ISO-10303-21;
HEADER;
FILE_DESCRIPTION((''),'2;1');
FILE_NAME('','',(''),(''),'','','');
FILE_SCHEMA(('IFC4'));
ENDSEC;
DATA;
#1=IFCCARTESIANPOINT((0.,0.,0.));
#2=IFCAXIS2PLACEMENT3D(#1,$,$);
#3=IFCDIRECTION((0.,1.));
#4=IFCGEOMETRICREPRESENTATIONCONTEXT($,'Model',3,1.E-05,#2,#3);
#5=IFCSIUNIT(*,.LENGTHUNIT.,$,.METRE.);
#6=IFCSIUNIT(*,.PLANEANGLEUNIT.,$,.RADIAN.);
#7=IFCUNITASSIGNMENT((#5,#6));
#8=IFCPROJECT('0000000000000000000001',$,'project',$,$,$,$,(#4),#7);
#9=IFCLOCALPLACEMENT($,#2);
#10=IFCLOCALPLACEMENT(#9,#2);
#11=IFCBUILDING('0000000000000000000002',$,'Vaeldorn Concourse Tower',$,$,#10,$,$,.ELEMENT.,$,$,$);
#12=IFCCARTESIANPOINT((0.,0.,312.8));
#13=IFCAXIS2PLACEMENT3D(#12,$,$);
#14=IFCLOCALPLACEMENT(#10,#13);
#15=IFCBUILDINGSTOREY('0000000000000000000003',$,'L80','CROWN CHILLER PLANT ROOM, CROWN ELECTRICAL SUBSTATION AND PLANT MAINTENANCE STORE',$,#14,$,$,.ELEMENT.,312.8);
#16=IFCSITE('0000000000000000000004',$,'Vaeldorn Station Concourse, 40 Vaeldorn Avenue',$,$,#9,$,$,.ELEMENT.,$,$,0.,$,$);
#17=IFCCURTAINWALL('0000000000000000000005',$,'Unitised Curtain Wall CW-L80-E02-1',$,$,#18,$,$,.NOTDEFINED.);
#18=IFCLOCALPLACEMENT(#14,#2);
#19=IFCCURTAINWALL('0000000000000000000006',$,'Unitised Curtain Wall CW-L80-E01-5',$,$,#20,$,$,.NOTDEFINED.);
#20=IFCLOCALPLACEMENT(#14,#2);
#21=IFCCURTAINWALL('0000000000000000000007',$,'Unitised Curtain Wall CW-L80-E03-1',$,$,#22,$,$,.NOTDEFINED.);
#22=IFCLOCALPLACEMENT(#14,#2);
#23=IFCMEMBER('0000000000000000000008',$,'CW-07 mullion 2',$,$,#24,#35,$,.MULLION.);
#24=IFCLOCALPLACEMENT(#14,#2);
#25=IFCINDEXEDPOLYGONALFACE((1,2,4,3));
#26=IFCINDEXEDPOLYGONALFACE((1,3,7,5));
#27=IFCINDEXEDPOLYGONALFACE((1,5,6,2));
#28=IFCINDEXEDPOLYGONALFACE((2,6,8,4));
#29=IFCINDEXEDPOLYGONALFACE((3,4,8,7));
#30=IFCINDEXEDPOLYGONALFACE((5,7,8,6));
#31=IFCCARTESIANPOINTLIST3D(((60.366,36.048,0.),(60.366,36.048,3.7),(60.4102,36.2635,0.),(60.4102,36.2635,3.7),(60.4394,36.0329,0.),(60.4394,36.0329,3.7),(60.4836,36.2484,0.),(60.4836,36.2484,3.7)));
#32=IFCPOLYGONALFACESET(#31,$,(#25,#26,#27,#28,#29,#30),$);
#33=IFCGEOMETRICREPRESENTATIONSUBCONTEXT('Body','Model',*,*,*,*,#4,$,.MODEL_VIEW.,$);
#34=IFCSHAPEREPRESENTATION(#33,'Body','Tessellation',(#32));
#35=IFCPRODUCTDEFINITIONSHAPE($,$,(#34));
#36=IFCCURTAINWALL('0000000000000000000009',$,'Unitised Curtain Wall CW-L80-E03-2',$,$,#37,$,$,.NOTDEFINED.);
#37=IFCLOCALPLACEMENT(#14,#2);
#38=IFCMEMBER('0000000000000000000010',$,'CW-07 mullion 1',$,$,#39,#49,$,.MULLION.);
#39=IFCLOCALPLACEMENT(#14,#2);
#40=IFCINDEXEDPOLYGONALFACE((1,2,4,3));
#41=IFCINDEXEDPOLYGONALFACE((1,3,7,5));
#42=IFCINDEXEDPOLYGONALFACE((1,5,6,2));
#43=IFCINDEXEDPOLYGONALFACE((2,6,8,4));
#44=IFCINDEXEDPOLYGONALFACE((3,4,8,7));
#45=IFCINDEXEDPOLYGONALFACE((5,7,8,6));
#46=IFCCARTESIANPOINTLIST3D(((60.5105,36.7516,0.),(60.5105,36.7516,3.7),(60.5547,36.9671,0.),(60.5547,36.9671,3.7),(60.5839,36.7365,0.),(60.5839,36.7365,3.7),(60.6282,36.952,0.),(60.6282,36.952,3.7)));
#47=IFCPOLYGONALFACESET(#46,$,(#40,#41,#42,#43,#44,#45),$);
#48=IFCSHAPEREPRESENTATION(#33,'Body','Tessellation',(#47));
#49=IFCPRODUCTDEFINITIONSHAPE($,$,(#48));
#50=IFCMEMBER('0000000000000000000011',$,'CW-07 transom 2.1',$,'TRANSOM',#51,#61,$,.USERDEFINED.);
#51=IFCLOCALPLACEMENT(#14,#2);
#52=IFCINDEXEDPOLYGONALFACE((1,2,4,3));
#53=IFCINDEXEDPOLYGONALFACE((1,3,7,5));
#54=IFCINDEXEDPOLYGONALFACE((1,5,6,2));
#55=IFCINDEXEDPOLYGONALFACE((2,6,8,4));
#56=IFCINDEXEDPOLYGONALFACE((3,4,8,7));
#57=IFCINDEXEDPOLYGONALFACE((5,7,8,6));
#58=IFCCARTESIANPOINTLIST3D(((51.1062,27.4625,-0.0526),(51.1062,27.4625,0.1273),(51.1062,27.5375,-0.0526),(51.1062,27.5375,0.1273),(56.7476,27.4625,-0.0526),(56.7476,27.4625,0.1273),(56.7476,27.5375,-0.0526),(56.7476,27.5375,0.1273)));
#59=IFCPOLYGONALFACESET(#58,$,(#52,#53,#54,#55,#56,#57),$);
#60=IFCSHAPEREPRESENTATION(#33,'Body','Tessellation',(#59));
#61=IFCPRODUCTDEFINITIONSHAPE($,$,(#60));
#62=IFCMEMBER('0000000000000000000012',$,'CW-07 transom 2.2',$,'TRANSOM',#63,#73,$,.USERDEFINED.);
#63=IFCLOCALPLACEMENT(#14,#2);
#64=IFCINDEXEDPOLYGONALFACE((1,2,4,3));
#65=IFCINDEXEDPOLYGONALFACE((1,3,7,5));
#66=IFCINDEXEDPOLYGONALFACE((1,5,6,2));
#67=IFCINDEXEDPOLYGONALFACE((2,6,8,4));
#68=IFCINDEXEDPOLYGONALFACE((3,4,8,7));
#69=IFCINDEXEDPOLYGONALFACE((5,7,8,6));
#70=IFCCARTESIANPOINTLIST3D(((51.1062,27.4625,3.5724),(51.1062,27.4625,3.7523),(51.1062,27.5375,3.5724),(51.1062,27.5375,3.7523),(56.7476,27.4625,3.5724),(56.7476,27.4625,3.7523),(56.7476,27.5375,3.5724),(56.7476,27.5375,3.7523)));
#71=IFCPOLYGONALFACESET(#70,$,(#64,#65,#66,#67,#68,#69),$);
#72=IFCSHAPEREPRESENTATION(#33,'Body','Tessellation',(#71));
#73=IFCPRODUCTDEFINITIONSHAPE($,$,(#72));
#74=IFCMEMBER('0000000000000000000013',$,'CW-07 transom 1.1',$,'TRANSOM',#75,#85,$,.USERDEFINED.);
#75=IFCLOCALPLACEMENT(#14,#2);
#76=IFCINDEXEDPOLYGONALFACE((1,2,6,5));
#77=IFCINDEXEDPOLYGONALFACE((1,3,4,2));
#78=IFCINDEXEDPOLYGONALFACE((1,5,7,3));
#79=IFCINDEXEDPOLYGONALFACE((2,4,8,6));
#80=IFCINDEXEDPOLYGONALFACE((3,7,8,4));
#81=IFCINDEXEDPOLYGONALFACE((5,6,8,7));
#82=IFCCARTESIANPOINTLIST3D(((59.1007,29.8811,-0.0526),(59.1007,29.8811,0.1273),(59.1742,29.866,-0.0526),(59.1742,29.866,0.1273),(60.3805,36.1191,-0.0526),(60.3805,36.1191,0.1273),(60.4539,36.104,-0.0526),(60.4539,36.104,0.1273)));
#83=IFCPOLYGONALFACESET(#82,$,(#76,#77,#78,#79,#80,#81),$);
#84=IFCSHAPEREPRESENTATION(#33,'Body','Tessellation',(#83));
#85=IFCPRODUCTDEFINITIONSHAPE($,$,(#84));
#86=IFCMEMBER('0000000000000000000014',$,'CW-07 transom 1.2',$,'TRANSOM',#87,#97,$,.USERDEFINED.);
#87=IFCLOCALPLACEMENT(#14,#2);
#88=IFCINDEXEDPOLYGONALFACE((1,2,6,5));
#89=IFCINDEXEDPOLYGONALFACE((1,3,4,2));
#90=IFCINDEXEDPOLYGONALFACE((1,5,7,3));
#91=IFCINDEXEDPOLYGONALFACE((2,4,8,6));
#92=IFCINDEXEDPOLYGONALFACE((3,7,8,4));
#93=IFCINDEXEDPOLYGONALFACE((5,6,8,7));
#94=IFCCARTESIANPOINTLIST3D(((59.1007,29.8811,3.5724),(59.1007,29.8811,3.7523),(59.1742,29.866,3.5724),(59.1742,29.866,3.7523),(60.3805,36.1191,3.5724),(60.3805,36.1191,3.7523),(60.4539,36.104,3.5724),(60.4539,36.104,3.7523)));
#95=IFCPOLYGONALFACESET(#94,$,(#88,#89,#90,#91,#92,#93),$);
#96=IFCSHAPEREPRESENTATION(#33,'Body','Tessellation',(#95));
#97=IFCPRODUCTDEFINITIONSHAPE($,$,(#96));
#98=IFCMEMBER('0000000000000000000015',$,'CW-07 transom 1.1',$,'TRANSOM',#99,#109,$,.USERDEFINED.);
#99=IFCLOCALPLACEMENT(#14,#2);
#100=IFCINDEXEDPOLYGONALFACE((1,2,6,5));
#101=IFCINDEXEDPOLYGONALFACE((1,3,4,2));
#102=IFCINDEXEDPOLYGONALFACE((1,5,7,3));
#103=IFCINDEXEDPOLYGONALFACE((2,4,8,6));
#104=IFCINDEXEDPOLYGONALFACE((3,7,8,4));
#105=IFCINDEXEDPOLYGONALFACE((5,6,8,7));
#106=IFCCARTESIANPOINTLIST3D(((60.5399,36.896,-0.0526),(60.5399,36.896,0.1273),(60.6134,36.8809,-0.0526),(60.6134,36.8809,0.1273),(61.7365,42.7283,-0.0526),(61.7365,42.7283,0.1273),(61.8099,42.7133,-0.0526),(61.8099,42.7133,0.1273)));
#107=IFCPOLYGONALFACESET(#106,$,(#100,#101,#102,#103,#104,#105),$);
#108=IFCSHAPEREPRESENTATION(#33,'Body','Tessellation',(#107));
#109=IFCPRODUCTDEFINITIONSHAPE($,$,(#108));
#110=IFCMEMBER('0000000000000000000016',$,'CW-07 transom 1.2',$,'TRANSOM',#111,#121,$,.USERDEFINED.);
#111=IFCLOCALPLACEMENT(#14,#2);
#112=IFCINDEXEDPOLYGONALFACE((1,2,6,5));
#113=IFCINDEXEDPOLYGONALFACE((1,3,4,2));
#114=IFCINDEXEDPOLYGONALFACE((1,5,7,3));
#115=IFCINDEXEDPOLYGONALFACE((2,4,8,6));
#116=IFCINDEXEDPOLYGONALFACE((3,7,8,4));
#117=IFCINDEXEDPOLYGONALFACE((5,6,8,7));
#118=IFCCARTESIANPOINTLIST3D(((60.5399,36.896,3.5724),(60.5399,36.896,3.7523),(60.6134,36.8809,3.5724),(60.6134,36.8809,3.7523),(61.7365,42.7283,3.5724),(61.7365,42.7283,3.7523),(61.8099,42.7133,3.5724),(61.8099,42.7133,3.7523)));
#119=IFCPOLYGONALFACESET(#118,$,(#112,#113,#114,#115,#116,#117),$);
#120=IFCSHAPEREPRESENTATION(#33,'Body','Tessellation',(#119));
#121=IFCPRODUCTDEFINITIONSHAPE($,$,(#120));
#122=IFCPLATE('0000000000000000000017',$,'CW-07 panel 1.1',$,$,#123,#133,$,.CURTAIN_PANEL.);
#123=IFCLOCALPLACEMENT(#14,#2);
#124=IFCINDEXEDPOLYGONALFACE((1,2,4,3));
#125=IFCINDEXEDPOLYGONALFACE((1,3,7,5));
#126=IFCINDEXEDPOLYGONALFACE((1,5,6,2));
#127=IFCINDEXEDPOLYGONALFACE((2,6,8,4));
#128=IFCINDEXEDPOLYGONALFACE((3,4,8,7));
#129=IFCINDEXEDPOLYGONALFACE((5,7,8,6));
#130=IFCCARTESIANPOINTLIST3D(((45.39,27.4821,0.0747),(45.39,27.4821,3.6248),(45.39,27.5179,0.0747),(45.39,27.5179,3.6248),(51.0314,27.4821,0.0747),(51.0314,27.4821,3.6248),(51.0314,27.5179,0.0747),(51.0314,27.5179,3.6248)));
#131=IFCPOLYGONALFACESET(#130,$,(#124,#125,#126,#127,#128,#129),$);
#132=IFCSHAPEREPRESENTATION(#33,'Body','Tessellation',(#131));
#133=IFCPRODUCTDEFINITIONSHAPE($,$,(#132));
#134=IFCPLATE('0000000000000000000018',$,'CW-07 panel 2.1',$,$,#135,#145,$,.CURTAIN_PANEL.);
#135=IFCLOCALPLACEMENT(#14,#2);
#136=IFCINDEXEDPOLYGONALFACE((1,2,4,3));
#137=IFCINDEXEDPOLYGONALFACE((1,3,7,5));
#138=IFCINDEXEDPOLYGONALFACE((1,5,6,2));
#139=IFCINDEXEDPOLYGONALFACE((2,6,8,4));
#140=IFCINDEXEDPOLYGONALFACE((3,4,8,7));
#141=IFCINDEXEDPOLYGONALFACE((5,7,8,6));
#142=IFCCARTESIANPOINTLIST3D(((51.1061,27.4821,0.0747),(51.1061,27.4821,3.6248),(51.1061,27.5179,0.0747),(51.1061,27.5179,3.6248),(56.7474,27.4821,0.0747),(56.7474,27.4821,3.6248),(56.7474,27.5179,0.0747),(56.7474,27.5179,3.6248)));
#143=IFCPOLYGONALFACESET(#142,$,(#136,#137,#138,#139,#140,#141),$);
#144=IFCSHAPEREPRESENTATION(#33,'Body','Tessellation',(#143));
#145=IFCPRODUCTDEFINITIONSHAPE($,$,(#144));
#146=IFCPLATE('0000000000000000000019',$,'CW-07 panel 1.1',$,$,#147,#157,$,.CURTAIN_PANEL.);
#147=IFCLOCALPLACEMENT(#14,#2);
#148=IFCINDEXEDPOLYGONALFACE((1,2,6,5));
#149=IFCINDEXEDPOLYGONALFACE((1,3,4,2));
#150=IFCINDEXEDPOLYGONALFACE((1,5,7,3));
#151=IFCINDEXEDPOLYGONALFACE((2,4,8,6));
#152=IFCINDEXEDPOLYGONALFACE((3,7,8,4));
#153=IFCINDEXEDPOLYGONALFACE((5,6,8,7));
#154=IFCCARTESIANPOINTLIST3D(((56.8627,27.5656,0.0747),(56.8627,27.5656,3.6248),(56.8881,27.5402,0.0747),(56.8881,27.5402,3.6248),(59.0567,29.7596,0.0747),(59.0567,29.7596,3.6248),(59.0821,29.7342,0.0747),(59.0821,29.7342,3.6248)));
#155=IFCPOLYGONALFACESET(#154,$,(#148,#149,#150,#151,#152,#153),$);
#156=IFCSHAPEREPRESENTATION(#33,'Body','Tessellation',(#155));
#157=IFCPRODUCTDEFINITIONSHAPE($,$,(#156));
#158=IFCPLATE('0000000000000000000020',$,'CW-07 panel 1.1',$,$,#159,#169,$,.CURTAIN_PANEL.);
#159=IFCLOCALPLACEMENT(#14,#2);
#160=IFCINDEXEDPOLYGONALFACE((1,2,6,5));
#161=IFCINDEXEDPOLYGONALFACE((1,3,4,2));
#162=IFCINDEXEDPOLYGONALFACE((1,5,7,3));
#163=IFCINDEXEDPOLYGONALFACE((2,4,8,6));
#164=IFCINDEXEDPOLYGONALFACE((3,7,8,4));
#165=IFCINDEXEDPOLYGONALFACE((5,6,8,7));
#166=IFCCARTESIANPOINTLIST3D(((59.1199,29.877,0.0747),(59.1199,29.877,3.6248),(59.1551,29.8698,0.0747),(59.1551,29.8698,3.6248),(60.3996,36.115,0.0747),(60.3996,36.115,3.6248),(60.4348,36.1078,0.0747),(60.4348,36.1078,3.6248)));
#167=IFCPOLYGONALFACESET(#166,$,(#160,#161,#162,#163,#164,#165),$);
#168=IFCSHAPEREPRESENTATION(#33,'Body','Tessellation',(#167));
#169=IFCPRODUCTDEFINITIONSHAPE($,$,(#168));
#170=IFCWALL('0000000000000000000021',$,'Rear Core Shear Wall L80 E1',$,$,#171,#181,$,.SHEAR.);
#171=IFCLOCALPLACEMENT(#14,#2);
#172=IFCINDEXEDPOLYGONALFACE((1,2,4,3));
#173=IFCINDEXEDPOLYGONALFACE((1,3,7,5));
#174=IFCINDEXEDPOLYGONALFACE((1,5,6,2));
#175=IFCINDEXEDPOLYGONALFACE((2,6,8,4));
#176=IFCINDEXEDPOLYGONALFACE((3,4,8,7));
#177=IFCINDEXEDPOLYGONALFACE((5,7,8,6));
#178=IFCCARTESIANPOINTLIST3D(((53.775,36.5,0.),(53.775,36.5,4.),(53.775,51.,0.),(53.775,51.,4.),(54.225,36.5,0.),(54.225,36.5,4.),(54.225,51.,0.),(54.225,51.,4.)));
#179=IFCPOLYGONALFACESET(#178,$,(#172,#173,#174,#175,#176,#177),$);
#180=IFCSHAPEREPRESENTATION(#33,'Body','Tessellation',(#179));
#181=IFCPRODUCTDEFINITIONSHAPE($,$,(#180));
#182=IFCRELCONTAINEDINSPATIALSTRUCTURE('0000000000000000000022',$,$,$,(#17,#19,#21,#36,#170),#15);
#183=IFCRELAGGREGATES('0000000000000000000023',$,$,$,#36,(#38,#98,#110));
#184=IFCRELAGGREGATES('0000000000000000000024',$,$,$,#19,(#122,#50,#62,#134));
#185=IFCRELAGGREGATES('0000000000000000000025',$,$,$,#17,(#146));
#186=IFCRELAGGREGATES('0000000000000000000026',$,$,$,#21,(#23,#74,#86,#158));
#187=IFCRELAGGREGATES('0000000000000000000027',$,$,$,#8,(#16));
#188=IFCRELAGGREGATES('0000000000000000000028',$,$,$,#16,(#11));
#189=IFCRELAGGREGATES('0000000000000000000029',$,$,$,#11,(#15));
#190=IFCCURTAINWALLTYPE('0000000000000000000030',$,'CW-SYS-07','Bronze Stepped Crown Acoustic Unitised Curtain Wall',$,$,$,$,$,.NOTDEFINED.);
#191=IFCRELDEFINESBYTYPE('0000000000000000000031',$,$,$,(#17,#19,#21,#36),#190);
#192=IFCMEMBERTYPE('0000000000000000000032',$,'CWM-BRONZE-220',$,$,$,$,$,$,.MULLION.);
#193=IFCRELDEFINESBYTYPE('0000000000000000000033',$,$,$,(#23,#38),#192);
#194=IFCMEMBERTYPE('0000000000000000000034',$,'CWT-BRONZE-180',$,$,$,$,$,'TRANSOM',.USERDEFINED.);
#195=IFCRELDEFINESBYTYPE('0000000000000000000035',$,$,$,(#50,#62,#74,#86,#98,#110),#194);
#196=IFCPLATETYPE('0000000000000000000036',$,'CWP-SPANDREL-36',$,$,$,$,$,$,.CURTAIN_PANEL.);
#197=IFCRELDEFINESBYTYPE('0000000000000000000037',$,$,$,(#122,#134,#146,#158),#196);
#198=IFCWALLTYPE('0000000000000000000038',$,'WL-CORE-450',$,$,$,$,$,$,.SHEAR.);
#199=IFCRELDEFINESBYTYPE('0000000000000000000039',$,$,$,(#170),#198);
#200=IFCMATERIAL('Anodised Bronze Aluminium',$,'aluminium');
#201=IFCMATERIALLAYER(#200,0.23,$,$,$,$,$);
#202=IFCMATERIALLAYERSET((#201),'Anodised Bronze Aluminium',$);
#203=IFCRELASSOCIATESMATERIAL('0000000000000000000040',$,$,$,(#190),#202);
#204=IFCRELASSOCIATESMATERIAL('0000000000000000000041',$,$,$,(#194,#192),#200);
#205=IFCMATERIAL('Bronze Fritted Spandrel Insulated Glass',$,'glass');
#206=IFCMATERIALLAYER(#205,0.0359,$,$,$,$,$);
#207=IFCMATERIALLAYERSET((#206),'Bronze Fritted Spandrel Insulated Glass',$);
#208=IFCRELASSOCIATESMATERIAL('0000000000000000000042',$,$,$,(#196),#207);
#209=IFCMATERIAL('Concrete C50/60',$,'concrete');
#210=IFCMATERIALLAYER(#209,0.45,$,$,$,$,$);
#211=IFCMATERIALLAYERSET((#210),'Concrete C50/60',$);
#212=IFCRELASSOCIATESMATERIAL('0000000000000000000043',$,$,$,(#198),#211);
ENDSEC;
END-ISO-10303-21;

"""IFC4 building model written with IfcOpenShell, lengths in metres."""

from ifc_helpers import new_model, si_unit, direction, frame, frame_2d, origin, origin_2d, place, context, subcontext, project, spatial, rectangle, extrude, source, transform, mapped, material, layer, layer_set, material_profile, profile_set, type_object, element, aggregate, save


model = new_model("IFC4")

# Units and contexts
model_context = context("Model", 3, precision=1e-05, world=origin(), true_north=direction((0.0, 1.0)))
body_context = subcontext(model_context, "Body", "Model", "MODEL_VIEW")
ifc_project = project(units=[si_unit("LENGTHUNIT", "METRE"), si_unit("PLANEANGLEUNIT", "RADIAN")], contexts=[model_context])

# Site, building, storey
site_placement = place(None, origin())
site = spatial("IfcSite", under=ifc_project, at=site_placement, Name="Vaeldorn Station Concourse, 40 Vaeldorn Avenue", CompositionType="ELEMENT", RefElevation=0.0)
building_placement = place(site_placement, origin())
building = spatial("IfcBuilding", under=site, at=building_placement, Name="Vaeldorn Concourse Tower", CompositionType="ELEMENT")
storey_placement = place(building_placement, frame((0.0, 0.0, 312.8)))
storey = spatial("IfcBuildingStorey", under=building, at=storey_placement, Name="L80", Description="CROWN CHILLER PLANT ROOM, CROWN ELECTRICAL SUBSTATION AND PLANT MAINTENANCE STORE", CompositionType="ELEMENT", Elevation=312.8)

# Shared definitions
ifc_material_1 = material(Name="Concrete C50/60", Category="concrete")

# Curtain walls
ifc_material_2 = material(Name="Anodised Bronze Aluminium", Category="aluminium")
ifc_layer_1 = layer(ifc_material_2, 0.23)
ifc_layer_set_1 = layer_set([ifc_layer_1], Name="Anodised Bronze Aluminium")
curtain_wall_type = type_object("IfcCurtainWallType", Name="CW-SYS-07", Description="Bronze Stepped Crown Acoustic Unitised Curtain Wall", PredefinedType="NOTDEFINED", material=ifc_layer_set_1)
curtain_wall_1_placement = place(storey_placement, origin())
curtain_wall_1 = element("IfcCurtainWall", 1, at=curtain_wall_1_placement, inside=storey, type_object=curtain_wall_type, Name="Unitised Curtain Wall CW-L80-E02-1", PredefinedType="NOTDEFINED")
ifc_material_profile_1 = material_profile(ifc_material_2, rectangle(XDim=0.075, YDim=0.1799, at=origin_2d()), Name="CWT 75x180")
ifc_profile_set_1 = profile_set([ifc_material_profile_1], Name="Anodised Bronze Aluminium")
member_type_1 = type_object("IfcMemberType", Name="CWT-BRONZE-180", ElementType="TRANSOM", PredefinedType="USERDEFINED", material=ifc_profile_set_1)
curtain_wall_2_placement = place(storey_placement, origin())
curtain_wall_2 = element("IfcCurtainWall", 2, at=curtain_wall_2_placement, inside=storey, type_object=curtain_wall_type, Name="Unitised Curtain Wall CW-L80-E01-5", PredefinedType="NOTDEFINED")
ifc_material_profile_2 = material_profile(ifc_material_2, rectangle(XDim=0.075, YDim=0.22, at=origin_2d()), Name="CWM 75x220")
ifc_profile_set_2 = profile_set([ifc_material_profile_2], Name="Anodised Bronze Aluminium")
member_type_2 = type_object("IfcMemberType", Name="CWM-BRONZE-220", PredefinedType="MULLION", material=ifc_profile_set_2)
shared_shape_1 = source(origin(), body_context, "Body", "SweptSolid", [
    extrude(rectangle(XDim=0.075, YDim=0.22, at=origin_2d()), origin(), (0.0, 0.0, 1.0), 3.7),
])

# Curtain wall, member
curtain_wall_3_placement = place(storey_placement, origin())
curtain_wall_3 = element("IfcCurtainWall", 3, at=curtain_wall_3_placement, inside=storey, type_object=curtain_wall_type, Name="Unitised Curtain Wall CW-L80-E03-1", PredefinedType="NOTDEFINED")
member_1_placement = place(storey_placement, frame((60.4248, 36.1482, 0.0), z_axis=(0.0, 0.0, 1.0), x_axis=(-0.979598, 0.200967, 0.0)))
member_1 = element("IfcMember", 4, at=member_1_placement, type_object=member_type_2, Name="CW-07 mullion 2", PredefinedType="MULLION", context=body_context, shape_type="MappedRepresentation", body=[
    mapped(shared_shape_1, transform((0.0, 0.0, 0.0), scale=1.0)),
])

# Curtain wall, member
curtain_wall_4_placement = place(storey_placement, origin())
curtain_wall_4 = element("IfcCurtainWall", 5, at=curtain_wall_4_placement, inside=storey, type_object=curtain_wall_type, Name="Unitised Curtain Wall CW-L80-E03-2", PredefinedType="NOTDEFINED")
member_2_placement = place(storey_placement, frame((60.5693, 36.8518, 0.0), z_axis=(0.0, 0.0, 1.0), x_axis=(-0.979597, 0.200972, 0.0)))
member_2 = element("IfcMember", 6, at=member_2_placement, type_object=member_type_2, Name="CW-07 mullion 1", PredefinedType="MULLION", context=body_context, shape_type="MappedRepresentation", body=[
    mapped(shared_shape_1, transform((0.0, 0.0, 0.0), scale=1.0)),
])

# Members
shared_shape_2 = source(origin(), body_context, "Body", "SweptSolid", [
    extrude(rectangle(XDim=0.075, YDim=0.1799, at=origin_2d()), origin(), (0.0, 0.0, 1.0), 5.6414),
])
member_3_placement = place(storey_placement, frame((51.1062, 27.5, 0.0374), z_axis=(1.0, 0.0, 0.0), x_axis=(0.0, 1.0, 0.0)))
member_3 = element("IfcMember", 7, at=member_3_placement, type_object=member_type_1, Name="CW-07 transom 2.1", ObjectType="TRANSOM", PredefinedType="USERDEFINED", context=body_context, shape_type="MappedRepresentation", body=[
    mapped(shared_shape_2, transform((0.0, 0.0, 0.0), scale=1.0)),
])
member_4_placement = place(storey_placement, frame((51.1062, 27.5, 3.6624), z_axis=(1.0, 0.0, 0.0), x_axis=(0.0, 1.0, 0.0)))
member_4 = element("IfcMember", 8, at=member_4_placement, type_object=member_type_1, Name="CW-07 transom 2.2", ObjectType="TRANSOM", PredefinedType="USERDEFINED", context=body_context, shape_type="MappedRepresentation", body=[
    mapped(shared_shape_2, transform((0.0, 0.0, 0.0), scale=1.0)),
])
shared_shape_3 = source(origin(), body_context, "Body", "SweptSolid", [
    extrude(rectangle(XDim=0.075, YDim=0.1799, at=origin_2d()), origin(), (0.0, 0.0, 1.0), 6.3679),
])
member_5_placement = place(storey_placement, frame((59.1375, 29.8735, 0.0374), z_axis=(0.200972, 0.979597, 0.0), x_axis=(-0.979597, 0.200972, 0.0)))
member_5 = element("IfcMember", 9, at=member_5_placement, type_object=member_type_1, Name="CW-07 transom 1.1", ObjectType="TRANSOM", PredefinedType="USERDEFINED", context=body_context, shape_type="MappedRepresentation", body=[
    mapped(shared_shape_3, transform((0.0, 0.0, 0.0), scale=1.0)),
])
member_6_placement = place(storey_placement, frame((59.1375, 29.8735, 3.6624), z_axis=(0.200972, 0.979597, 0.0), x_axis=(-0.979597, 0.200972, 0.0)))
member_6 = element("IfcMember", 10, at=member_6_placement, type_object=member_type_1, Name="CW-07 transom 1.2", ObjectType="TRANSOM", PredefinedType="USERDEFINED", context=body_context, shape_type="MappedRepresentation", body=[
    mapped(shared_shape_3, transform((0.0, 0.0, 0.0), scale=1.0)),
])
shared_shape_4 = source(origin(), body_context, "Body", "SweptSolid", [
    extrude(rectangle(XDim=0.075, YDim=0.1799, at=origin_2d()), origin(), (0.0, 0.0, 1.0), 5.9539),
])
member_7_placement = place(storey_placement, frame((60.5767, 36.8884, 0.0374), z_axis=(0.200971, 0.979597, 0.0), x_axis=(-0.979597, 0.200971, 0.0)))
member_7 = element("IfcMember", 11, at=member_7_placement, type_object=member_type_1, Name="CW-07 transom 1.1", ObjectType="TRANSOM", PredefinedType="USERDEFINED", context=body_context, shape_type="MappedRepresentation", body=[
    mapped(shared_shape_4, transform((0.0, 0.0, 0.0), scale=1.0)),
])
member_8_placement = place(storey_placement, frame((60.5767, 36.8884, 3.6624), z_axis=(0.200971, 0.979597, 0.0), x_axis=(-0.979597, 0.200971, 0.0)))
member_8 = element("IfcMember", 12, at=member_8_placement, type_object=member_type_1, Name="CW-07 transom 1.2", ObjectType="TRANSOM", PredefinedType="USERDEFINED", context=body_context, shape_type="MappedRepresentation", body=[
    mapped(shared_shape_4, transform((0.0, 0.0, 0.0), scale=1.0)),
])
aggregate(curtain_wall_4, [member_2, member_7, member_8])

# Plates
ifc_material_3 = material(Name="Bronze Fritted Spandrel Insulated Glass", Category="glass")
ifc_layer_2 = layer(ifc_material_3, 0.0359)
ifc_layer_set_2 = layer_set([ifc_layer_2], Name="Bronze Fritted Spandrel Insulated Glass")
plate_type = type_object("IfcPlateType", Name="CWP-SPANDREL-36", PredefinedType="CURTAIN_PANEL", material=ifc_layer_set_2)
shared_shape_5 = source(origin(), body_context, "Body", "SweptSolid", [
    extrude(rectangle(XDim=5.6414, YDim=0.0359, at=origin_2d()), origin(), (0.0, 0.0, 1.0), 3.55),
])
plate_1_placement = place(storey_placement, frame((48.2107, 27.5, 0.0747), z_axis=(0.0, 0.0, 1.0), x_axis=(1.0, 0.0, 0.0)))
plate_1 = element("IfcPlate", 13, at=plate_1_placement, type_object=plate_type, Name="CW-07 panel 1.1", PredefinedType="CURTAIN_PANEL", context=body_context, shape_type="MappedRepresentation", body=[
    mapped(shared_shape_5, transform((0.0, 0.0, 0.0), scale=1.0)),
])
plate_2_placement = place(storey_placement, frame((53.9268, 27.5, 0.0747), z_axis=(0.0, 0.0, 1.0), x_axis=(1.0, 0.0, 0.0)))
plate_2 = element("IfcPlate", 14, at=plate_2_placement, type_object=plate_type, Name="CW-07 panel 2.1", PredefinedType="CURTAIN_PANEL", context=body_context, shape_type="MappedRepresentation", body=[
    mapped(shared_shape_5, transform((0.0, 0.0, 0.0), scale=1.0)),
])
aggregate(curtain_wall_2, [plate_1, member_3, member_4, plate_2])
shared_shape_6 = source(origin(), body_context, "Body", "SweptSolid", [
    extrude(rectangle(XDim=3.1028, YDim=0.0359, at=origin_2d()), origin(), (0.0, 0.0, 1.0), 3.55),
])
plate_3_placement = place(storey_placement, frame((57.9724, 28.6499, 0.0747), z_axis=(0.0, 0.0, 1.0), x_axis=(0.707107, 0.707107, 0.0)))
plate_3 = element("IfcPlate", 15, at=plate_3_placement, type_object=plate_type, Name="CW-07 panel 1.1", PredefinedType="CURTAIN_PANEL", context=body_context, shape_type="MappedRepresentation", body=[
    mapped(shared_shape_6, transform((0.0, 0.0, 0.0), scale=1.0)),
])
aggregate(curtain_wall_1, [plate_3])
shared_shape_7 = source(origin(), body_context, "Body", "SweptSolid", [
    extrude(rectangle(XDim=6.3679, YDim=0.0359, at=origin_2d()), origin(), (0.0, 0.0, 1.0), 3.55),
])
plate_4_placement = place(storey_placement, frame((59.7773, 32.9924, 0.0747), z_axis=(0.0, 0.0, 1.0), x_axis=(0.200967, 0.979598, 0.0)))
plate_4 = element("IfcPlate", 16, at=plate_4_placement, type_object=plate_type, Name="CW-07 panel 1.1", PredefinedType="CURTAIN_PANEL", context=body_context, shape_type="MappedRepresentation", body=[
    mapped(shared_shape_7, transform((0.0, 0.0, 0.0), scale=1.0)),
])
aggregate(curtain_wall_3, [member_1, member_5, member_6, plate_4])

# Wall
ifc_layer_3 = layer(ifc_material_1, 0.45)
ifc_layer_set_3 = layer_set([ifc_layer_3], Name="Concrete C50/60")
wall_type_1 = type_object("IfcWallType", Name="WL-CORE-450", PredefinedType="SHEAR", material=ifc_layer_set_3)
wall_1_placement = place(storey_placement, frame((54.0, 36.5, 0.0), z_axis=(0.0, 0.0, 1.0), x_axis=(0.0, 1.0, 0.0)))
element("IfcWall", 17, at=wall_1_placement, inside=storey, type_object=wall_type_1, Name="Rear Core Shear Wall L80 E1", PredefinedType="SHEAR", context=body_context, shape_type="SweptSolid", body=[
    extrude(rectangle(XDim=14.5, YDim=0.45, at=frame_2d((7.25, 0.0))), origin(), (0.0, 0.0, 1.0), 4.0),
])

save(model, "model.ifc")
